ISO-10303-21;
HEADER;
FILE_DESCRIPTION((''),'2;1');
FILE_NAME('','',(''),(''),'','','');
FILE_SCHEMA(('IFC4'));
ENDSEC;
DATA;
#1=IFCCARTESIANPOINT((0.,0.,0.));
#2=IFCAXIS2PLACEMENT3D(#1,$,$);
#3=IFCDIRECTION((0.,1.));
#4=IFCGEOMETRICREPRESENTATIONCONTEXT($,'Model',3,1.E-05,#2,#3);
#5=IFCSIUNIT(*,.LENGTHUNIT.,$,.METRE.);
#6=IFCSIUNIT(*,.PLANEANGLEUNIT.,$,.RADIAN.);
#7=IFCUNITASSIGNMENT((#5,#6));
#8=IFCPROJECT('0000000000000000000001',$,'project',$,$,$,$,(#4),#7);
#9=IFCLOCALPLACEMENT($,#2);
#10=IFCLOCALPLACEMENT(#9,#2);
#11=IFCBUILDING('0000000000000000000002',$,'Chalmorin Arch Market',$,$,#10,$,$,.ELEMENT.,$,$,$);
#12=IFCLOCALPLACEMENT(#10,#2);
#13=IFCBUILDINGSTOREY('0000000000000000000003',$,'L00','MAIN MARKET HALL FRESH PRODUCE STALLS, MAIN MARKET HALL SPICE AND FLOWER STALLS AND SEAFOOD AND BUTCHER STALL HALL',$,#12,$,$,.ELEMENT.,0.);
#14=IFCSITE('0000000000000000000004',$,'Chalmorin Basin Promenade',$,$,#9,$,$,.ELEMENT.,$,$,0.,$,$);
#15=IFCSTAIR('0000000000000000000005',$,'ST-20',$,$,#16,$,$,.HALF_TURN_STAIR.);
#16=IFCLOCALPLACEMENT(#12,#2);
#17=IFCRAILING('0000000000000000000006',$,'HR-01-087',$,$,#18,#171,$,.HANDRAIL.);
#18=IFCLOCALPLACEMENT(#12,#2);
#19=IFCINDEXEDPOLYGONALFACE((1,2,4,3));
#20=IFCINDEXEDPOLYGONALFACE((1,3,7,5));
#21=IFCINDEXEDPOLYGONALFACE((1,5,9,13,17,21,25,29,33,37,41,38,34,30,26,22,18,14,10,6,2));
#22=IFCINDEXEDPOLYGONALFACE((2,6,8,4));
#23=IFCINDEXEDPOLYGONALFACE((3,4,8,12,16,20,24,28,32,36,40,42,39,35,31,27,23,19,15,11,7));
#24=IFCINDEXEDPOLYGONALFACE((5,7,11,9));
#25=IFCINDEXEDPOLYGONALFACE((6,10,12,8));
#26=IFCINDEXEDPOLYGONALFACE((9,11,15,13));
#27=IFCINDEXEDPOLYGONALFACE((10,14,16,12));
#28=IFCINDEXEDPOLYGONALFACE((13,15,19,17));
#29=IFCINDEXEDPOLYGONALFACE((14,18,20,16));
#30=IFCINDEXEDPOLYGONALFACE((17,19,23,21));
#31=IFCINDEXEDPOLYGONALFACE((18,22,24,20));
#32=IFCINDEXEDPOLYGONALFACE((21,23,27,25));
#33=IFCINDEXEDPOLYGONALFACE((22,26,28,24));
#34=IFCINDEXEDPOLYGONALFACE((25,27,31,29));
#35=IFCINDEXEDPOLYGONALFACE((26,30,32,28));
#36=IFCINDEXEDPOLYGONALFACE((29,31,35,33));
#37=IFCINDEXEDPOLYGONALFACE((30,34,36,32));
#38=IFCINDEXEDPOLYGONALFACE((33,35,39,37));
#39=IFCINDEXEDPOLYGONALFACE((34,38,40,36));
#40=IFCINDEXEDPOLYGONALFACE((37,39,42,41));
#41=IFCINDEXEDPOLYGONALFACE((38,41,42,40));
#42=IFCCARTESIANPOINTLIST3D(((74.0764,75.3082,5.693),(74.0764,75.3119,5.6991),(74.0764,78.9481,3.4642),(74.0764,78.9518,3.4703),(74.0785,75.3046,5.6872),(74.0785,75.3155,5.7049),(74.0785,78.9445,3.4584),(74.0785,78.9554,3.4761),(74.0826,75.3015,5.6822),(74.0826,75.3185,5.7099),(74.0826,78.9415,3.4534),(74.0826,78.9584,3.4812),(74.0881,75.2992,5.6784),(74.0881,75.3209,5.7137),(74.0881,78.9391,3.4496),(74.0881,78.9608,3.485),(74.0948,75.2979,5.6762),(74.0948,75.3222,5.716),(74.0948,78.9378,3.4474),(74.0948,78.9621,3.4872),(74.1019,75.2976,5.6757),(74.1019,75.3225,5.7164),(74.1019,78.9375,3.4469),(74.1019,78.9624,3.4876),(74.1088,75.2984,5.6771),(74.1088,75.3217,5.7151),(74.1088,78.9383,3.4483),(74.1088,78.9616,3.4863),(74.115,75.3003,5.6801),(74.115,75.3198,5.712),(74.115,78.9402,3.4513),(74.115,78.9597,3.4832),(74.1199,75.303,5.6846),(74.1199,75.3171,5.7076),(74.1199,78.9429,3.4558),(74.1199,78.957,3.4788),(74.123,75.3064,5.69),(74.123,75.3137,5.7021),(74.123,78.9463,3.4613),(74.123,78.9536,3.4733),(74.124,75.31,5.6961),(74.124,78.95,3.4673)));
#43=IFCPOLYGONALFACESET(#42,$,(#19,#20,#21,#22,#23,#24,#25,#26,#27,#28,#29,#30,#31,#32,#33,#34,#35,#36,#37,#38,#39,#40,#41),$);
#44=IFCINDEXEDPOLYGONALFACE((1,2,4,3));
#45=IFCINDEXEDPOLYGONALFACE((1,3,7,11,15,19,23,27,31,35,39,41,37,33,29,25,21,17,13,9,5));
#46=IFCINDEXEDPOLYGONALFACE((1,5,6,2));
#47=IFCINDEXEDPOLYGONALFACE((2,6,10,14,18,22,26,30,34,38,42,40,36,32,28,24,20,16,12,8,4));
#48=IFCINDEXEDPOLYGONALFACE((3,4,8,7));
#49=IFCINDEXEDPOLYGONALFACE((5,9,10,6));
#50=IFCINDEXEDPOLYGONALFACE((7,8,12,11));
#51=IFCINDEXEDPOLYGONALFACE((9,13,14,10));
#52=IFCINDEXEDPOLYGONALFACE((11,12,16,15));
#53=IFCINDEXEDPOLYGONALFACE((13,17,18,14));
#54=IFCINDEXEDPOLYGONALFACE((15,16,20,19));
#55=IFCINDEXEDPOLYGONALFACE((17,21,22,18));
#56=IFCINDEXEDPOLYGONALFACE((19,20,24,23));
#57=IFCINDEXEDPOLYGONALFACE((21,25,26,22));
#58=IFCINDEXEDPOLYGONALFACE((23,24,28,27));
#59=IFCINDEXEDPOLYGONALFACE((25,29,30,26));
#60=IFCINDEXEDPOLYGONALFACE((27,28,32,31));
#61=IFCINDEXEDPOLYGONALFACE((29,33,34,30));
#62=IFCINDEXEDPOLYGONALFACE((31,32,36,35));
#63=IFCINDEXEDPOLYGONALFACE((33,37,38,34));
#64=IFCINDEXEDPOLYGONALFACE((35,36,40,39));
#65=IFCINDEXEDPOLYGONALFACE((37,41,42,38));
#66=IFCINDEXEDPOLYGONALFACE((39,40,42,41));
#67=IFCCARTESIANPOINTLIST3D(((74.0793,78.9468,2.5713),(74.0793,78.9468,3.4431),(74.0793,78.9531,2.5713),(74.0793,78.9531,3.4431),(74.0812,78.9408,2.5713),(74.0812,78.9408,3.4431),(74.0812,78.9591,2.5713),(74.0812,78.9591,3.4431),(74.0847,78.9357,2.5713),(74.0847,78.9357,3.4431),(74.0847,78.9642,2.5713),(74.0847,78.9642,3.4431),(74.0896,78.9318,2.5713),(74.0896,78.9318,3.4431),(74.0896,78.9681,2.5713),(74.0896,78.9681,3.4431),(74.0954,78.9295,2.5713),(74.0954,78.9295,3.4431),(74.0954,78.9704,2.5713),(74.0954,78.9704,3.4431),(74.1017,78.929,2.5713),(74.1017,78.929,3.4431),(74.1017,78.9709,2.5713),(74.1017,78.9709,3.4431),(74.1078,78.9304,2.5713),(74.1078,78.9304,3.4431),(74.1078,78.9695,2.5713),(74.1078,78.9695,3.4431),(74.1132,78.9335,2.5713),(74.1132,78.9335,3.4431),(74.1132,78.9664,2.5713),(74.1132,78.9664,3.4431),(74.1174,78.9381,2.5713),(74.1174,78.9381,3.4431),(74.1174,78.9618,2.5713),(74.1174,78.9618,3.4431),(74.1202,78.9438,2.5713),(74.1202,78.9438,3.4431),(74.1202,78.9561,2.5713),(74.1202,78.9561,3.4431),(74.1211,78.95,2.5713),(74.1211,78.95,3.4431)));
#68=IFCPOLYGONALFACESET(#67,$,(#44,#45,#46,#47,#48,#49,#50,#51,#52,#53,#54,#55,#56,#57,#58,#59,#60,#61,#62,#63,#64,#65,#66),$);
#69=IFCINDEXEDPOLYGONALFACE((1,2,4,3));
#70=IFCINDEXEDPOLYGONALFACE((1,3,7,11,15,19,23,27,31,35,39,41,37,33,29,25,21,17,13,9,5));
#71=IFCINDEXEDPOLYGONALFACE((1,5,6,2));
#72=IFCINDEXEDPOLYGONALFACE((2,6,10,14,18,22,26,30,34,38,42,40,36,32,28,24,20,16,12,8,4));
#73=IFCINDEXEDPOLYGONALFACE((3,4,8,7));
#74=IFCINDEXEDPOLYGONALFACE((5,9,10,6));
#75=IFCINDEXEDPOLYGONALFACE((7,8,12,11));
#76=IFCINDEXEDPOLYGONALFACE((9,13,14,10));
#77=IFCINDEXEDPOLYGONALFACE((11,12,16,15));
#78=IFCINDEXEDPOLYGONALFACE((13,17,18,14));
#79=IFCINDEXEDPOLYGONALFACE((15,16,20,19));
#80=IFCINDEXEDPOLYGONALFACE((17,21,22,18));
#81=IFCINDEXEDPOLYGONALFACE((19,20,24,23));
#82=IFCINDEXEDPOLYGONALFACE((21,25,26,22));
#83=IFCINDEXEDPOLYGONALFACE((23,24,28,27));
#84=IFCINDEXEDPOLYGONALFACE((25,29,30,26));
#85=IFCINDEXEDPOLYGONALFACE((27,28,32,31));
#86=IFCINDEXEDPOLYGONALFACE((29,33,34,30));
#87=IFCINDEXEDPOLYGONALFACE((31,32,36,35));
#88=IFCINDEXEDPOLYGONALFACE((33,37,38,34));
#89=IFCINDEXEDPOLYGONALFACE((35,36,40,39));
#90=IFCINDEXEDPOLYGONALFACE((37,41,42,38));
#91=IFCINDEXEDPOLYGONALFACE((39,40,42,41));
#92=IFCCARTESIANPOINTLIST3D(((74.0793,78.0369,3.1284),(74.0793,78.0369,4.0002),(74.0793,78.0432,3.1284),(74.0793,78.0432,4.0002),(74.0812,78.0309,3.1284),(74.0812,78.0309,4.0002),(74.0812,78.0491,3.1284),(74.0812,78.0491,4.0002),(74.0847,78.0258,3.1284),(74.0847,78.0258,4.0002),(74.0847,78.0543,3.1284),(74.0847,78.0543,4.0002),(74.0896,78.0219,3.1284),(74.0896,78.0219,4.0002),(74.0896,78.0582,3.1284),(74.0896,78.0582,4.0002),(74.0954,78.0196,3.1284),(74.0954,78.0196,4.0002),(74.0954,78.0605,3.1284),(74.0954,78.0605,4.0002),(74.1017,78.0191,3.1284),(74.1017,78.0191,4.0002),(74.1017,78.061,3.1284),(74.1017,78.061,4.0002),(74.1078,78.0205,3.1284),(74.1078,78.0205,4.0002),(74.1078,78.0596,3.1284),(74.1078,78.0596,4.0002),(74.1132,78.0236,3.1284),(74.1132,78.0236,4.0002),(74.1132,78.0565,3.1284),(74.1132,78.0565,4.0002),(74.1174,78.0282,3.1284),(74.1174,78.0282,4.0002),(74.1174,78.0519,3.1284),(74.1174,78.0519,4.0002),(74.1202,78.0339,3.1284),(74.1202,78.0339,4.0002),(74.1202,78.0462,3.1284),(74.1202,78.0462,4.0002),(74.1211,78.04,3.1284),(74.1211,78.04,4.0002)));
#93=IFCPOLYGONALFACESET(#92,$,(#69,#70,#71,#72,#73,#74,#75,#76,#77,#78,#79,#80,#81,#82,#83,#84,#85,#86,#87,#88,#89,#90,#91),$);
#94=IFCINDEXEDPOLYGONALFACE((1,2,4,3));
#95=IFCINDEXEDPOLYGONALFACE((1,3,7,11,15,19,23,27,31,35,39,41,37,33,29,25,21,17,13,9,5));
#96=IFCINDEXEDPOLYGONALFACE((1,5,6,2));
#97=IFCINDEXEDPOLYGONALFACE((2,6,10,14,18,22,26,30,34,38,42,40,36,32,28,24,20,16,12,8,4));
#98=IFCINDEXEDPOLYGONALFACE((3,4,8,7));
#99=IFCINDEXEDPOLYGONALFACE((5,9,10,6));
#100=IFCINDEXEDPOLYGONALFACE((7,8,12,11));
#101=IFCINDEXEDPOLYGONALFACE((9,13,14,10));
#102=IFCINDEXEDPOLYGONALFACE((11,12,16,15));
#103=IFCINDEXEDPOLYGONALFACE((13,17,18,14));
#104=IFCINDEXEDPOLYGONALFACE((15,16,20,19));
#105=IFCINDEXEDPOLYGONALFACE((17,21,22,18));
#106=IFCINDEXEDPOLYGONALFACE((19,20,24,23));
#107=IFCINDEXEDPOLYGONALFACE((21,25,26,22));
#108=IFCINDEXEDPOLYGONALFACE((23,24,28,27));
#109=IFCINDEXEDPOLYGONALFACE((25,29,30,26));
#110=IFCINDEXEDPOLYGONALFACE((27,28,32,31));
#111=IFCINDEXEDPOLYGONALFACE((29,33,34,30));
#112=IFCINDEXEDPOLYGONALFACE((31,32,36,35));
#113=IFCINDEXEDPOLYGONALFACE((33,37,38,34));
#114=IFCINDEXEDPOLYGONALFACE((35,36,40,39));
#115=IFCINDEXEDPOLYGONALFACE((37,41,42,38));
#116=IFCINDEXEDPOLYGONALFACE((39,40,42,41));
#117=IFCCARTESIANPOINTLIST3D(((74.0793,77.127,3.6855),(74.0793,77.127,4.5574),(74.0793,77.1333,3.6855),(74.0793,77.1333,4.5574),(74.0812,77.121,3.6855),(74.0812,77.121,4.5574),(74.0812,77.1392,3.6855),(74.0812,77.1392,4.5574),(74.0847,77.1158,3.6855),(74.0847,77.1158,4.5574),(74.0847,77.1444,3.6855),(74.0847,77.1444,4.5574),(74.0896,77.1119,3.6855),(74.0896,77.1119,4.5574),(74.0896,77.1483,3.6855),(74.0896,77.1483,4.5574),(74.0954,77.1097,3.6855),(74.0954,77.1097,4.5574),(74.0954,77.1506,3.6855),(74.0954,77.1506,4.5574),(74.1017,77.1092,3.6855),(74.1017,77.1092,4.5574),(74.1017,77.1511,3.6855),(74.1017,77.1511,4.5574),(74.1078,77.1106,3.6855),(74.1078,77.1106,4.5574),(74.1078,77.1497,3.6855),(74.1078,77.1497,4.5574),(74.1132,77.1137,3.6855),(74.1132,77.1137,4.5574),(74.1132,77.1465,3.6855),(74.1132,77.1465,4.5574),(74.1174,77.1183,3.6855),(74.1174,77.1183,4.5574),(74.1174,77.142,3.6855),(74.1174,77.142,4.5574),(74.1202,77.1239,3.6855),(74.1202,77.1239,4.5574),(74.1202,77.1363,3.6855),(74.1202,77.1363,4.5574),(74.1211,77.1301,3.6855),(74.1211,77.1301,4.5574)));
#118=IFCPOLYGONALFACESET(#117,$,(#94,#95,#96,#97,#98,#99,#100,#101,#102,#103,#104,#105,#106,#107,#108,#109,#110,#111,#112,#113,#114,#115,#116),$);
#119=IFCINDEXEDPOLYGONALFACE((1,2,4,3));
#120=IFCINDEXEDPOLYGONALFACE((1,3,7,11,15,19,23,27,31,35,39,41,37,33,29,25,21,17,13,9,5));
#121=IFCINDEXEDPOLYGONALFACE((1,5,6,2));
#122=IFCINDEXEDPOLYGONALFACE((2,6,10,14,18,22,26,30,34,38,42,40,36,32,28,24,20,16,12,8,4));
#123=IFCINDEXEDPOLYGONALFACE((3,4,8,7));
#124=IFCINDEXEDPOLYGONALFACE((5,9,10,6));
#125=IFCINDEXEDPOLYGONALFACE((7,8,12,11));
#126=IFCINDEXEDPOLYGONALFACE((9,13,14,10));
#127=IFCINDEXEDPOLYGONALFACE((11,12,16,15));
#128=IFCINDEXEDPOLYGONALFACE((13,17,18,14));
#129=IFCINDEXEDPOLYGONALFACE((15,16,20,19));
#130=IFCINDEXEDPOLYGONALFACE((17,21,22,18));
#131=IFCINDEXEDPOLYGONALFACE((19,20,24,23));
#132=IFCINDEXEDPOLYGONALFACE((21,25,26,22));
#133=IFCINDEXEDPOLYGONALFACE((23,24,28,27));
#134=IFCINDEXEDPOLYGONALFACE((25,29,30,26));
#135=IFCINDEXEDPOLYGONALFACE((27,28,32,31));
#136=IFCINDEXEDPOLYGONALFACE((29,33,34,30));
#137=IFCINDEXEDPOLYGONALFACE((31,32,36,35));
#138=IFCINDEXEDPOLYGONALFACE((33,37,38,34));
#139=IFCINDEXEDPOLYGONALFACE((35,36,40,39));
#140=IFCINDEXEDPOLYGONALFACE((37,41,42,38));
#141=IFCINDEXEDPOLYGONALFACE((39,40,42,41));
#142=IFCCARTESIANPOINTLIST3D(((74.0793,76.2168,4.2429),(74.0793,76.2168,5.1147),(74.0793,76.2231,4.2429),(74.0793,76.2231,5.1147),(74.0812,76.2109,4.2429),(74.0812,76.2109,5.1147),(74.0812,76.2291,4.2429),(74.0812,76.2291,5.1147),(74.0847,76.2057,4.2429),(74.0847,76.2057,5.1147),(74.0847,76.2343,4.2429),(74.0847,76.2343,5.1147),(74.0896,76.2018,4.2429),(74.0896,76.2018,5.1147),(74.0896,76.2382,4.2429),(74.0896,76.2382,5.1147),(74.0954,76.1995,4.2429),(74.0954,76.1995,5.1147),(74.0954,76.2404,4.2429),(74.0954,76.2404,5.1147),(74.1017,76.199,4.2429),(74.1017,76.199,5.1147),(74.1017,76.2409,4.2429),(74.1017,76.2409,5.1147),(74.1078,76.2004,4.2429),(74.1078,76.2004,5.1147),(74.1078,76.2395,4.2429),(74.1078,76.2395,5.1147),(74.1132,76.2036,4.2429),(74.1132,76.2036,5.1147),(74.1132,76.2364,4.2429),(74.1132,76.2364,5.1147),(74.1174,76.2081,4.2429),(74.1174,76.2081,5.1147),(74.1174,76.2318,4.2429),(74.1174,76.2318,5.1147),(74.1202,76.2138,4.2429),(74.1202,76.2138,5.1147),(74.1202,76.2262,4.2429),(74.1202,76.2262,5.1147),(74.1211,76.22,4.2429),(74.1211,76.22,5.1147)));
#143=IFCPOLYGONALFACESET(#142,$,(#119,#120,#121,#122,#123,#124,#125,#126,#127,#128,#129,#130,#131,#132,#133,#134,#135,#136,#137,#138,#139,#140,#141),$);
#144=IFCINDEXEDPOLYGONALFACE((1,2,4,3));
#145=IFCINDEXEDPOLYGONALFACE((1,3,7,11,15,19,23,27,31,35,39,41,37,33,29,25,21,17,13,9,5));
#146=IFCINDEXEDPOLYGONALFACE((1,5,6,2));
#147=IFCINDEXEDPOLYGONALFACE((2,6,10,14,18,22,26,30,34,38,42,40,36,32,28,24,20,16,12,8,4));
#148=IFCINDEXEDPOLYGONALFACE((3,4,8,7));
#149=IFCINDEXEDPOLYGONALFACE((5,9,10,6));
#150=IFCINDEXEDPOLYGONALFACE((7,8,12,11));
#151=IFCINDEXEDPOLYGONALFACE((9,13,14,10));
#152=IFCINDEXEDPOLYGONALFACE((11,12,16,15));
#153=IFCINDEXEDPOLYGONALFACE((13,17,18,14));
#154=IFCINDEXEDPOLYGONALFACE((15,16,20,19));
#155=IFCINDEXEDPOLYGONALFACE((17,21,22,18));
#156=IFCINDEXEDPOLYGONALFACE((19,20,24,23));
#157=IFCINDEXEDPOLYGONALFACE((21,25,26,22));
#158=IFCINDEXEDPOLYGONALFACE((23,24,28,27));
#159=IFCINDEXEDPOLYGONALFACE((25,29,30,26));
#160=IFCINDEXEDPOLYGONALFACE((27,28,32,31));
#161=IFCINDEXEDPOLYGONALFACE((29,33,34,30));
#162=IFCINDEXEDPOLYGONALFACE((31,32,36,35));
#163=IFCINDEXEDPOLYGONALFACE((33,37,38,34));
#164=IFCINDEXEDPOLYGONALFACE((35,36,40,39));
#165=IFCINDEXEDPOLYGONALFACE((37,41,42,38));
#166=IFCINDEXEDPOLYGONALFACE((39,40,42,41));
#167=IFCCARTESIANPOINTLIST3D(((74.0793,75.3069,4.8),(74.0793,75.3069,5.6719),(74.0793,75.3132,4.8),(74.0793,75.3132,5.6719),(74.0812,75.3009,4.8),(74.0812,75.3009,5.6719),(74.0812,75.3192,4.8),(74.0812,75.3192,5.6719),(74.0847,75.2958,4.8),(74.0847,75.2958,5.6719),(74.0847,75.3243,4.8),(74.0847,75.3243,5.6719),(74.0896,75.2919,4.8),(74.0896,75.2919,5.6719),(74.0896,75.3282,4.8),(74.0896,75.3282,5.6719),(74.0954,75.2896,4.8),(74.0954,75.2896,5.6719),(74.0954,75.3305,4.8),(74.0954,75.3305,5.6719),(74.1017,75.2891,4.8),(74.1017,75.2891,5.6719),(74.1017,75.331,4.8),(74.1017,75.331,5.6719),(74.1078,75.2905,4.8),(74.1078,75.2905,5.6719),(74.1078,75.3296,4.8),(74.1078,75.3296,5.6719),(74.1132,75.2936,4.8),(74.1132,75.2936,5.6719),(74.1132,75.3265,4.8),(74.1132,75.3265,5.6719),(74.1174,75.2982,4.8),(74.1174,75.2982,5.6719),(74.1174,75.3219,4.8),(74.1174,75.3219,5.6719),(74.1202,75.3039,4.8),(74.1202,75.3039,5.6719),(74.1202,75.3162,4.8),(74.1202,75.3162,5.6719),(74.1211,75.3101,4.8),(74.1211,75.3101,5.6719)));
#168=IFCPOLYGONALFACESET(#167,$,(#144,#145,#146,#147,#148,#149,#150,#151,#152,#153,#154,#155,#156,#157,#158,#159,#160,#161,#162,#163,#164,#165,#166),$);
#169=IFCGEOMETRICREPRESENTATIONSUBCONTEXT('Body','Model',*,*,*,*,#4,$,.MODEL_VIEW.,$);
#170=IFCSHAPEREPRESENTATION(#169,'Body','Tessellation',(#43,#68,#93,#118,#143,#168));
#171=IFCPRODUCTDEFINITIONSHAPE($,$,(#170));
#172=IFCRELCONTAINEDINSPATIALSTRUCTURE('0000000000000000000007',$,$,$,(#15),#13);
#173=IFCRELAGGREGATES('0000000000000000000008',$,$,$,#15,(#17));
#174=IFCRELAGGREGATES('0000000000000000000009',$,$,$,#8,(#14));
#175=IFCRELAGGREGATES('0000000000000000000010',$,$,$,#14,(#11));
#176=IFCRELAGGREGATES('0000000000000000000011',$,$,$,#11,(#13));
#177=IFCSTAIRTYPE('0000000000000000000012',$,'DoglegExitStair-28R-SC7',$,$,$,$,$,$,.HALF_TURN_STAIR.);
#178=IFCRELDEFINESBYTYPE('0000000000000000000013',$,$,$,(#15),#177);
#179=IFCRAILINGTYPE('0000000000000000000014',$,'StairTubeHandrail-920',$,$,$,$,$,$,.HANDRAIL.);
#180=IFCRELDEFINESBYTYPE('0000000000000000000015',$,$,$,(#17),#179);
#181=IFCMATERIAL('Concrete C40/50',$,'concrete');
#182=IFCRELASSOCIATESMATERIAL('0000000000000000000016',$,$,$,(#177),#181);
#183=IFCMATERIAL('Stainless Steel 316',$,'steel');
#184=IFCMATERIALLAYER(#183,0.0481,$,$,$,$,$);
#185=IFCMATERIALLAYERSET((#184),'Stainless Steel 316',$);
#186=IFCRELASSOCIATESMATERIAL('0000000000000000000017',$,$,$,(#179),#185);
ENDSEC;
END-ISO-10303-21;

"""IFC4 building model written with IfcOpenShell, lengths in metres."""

from ifc_helpers import new_model, si_unit, direction, frame, origin, origin_2d, place, context, subcontext, project, spatial, circle, extrude, material, layer, layer_set, type_object, element, aggregate, save


model = new_model("IFC4")

# Units and contexts
model_context = context("Model", 3, precision=1e-05, world=origin(), true_north=direction((0.0, 1.0)))
body_context = subcontext(model_context, "Body", "Model", "MODEL_VIEW")
ifc_project = project(units=[si_unit("LENGTHUNIT", "METRE"), si_unit("PLANEANGLEUNIT", "RADIAN")], contexts=[model_context])

# Site, building, storey
site_placement = place(None, origin())
site = spatial("IfcSite", under=ifc_project, at=site_placement, Name="Chalmorin Basin Promenade", CompositionType="ELEMENT", RefElevation=0.0)
building_placement = place(site_placement, origin())
building = spatial("IfcBuilding", under=site, at=building_placement, Name="Chalmorin Arch Market", CompositionType="ELEMENT")
storey_placement = place(building_placement, origin())
storey = spatial("IfcBuildingStorey", under=building, at=storey_placement, Name="L00", Description="MAIN MARKET HALL FRESH PRODUCE STALLS, MAIN MARKET HALL SPICE AND FLOWER STALLS AND SEAFOOD AND BUTCHER STALL HALL", CompositionType="ELEMENT", Elevation=0.0)

# Shared definitions
ifc_material_1 = material(Name="Concrete C40/50", Category="concrete")

# Stair, railing
stair_type = type_object("IfcStairType", Name="DoglegExitStair-28R-SC7", PredefinedType="HALF_TURN_STAIR", material=ifc_material_1)
stair_placement = place(storey_placement, origin())
stair = element("IfcStair", 1, at=stair_placement, inside=storey, type_object=stair_type, Name="ST-20", PredefinedType="HALF_TURN_STAIR")
ifc_material_2 = material(Name="Stainless Steel 316", Category="steel")
ifc_layer_1 = layer(ifc_material_2, 0.0481)
ifc_layer_set_1 = layer_set([ifc_layer_1], Name="Stainless Steel 316")
railing_type_1 = type_object("IfcRailingType", Name="StairTubeHandrail-920", PredefinedType="HANDRAIL", material=ifc_layer_set_1)
railing_1_placement = place(storey_placement, frame((74.1001, 78.95, 2.5713)))
railing_1 = element("IfcRailing", 2, at=railing_1_placement, type_object=railing_type_1, Name="HR-01-087", PredefinedType="HANDRAIL", context=body_context, shape_type="SweptSolid", body=[
    extrude(circle(Radius=0.0239, at=origin_2d()), frame((0.0, 0.0, 0.896), z_axis=(0.0, -0.852825, 0.522197), x_axis=(1.0, 0.0, 0.0)), (0.0, 0.0, 1.0), 4.2681),
    extrude(circle(Radius=0.021, at=origin_2d()), origin(), (0.0, 0.0, 1.0), 0.8718),
    extrude(circle(Radius=0.021, at=origin_2d()), frame((0.0, -0.9099, 0.5571)), (0.0, 0.0, 1.0), 0.8718),
    extrude(circle(Radius=0.021, at=origin_2d()), frame((0.0, -1.8198, 1.1143)), (0.0, 0.0, 1.0), 0.8718),
    extrude(circle(Radius=0.021, at=origin_2d()), frame((0.0, -2.73, 1.6716)), (0.0, 0.0, 1.0), 0.8718),
    extrude(circle(Radius=0.021, at=origin_2d()), frame((0.0, -3.6399, 2.2288)), (0.0, 0.0, 1.0), 0.8718),
])
aggregate(stair, [railing_1])

save(model, "model.ifc")
